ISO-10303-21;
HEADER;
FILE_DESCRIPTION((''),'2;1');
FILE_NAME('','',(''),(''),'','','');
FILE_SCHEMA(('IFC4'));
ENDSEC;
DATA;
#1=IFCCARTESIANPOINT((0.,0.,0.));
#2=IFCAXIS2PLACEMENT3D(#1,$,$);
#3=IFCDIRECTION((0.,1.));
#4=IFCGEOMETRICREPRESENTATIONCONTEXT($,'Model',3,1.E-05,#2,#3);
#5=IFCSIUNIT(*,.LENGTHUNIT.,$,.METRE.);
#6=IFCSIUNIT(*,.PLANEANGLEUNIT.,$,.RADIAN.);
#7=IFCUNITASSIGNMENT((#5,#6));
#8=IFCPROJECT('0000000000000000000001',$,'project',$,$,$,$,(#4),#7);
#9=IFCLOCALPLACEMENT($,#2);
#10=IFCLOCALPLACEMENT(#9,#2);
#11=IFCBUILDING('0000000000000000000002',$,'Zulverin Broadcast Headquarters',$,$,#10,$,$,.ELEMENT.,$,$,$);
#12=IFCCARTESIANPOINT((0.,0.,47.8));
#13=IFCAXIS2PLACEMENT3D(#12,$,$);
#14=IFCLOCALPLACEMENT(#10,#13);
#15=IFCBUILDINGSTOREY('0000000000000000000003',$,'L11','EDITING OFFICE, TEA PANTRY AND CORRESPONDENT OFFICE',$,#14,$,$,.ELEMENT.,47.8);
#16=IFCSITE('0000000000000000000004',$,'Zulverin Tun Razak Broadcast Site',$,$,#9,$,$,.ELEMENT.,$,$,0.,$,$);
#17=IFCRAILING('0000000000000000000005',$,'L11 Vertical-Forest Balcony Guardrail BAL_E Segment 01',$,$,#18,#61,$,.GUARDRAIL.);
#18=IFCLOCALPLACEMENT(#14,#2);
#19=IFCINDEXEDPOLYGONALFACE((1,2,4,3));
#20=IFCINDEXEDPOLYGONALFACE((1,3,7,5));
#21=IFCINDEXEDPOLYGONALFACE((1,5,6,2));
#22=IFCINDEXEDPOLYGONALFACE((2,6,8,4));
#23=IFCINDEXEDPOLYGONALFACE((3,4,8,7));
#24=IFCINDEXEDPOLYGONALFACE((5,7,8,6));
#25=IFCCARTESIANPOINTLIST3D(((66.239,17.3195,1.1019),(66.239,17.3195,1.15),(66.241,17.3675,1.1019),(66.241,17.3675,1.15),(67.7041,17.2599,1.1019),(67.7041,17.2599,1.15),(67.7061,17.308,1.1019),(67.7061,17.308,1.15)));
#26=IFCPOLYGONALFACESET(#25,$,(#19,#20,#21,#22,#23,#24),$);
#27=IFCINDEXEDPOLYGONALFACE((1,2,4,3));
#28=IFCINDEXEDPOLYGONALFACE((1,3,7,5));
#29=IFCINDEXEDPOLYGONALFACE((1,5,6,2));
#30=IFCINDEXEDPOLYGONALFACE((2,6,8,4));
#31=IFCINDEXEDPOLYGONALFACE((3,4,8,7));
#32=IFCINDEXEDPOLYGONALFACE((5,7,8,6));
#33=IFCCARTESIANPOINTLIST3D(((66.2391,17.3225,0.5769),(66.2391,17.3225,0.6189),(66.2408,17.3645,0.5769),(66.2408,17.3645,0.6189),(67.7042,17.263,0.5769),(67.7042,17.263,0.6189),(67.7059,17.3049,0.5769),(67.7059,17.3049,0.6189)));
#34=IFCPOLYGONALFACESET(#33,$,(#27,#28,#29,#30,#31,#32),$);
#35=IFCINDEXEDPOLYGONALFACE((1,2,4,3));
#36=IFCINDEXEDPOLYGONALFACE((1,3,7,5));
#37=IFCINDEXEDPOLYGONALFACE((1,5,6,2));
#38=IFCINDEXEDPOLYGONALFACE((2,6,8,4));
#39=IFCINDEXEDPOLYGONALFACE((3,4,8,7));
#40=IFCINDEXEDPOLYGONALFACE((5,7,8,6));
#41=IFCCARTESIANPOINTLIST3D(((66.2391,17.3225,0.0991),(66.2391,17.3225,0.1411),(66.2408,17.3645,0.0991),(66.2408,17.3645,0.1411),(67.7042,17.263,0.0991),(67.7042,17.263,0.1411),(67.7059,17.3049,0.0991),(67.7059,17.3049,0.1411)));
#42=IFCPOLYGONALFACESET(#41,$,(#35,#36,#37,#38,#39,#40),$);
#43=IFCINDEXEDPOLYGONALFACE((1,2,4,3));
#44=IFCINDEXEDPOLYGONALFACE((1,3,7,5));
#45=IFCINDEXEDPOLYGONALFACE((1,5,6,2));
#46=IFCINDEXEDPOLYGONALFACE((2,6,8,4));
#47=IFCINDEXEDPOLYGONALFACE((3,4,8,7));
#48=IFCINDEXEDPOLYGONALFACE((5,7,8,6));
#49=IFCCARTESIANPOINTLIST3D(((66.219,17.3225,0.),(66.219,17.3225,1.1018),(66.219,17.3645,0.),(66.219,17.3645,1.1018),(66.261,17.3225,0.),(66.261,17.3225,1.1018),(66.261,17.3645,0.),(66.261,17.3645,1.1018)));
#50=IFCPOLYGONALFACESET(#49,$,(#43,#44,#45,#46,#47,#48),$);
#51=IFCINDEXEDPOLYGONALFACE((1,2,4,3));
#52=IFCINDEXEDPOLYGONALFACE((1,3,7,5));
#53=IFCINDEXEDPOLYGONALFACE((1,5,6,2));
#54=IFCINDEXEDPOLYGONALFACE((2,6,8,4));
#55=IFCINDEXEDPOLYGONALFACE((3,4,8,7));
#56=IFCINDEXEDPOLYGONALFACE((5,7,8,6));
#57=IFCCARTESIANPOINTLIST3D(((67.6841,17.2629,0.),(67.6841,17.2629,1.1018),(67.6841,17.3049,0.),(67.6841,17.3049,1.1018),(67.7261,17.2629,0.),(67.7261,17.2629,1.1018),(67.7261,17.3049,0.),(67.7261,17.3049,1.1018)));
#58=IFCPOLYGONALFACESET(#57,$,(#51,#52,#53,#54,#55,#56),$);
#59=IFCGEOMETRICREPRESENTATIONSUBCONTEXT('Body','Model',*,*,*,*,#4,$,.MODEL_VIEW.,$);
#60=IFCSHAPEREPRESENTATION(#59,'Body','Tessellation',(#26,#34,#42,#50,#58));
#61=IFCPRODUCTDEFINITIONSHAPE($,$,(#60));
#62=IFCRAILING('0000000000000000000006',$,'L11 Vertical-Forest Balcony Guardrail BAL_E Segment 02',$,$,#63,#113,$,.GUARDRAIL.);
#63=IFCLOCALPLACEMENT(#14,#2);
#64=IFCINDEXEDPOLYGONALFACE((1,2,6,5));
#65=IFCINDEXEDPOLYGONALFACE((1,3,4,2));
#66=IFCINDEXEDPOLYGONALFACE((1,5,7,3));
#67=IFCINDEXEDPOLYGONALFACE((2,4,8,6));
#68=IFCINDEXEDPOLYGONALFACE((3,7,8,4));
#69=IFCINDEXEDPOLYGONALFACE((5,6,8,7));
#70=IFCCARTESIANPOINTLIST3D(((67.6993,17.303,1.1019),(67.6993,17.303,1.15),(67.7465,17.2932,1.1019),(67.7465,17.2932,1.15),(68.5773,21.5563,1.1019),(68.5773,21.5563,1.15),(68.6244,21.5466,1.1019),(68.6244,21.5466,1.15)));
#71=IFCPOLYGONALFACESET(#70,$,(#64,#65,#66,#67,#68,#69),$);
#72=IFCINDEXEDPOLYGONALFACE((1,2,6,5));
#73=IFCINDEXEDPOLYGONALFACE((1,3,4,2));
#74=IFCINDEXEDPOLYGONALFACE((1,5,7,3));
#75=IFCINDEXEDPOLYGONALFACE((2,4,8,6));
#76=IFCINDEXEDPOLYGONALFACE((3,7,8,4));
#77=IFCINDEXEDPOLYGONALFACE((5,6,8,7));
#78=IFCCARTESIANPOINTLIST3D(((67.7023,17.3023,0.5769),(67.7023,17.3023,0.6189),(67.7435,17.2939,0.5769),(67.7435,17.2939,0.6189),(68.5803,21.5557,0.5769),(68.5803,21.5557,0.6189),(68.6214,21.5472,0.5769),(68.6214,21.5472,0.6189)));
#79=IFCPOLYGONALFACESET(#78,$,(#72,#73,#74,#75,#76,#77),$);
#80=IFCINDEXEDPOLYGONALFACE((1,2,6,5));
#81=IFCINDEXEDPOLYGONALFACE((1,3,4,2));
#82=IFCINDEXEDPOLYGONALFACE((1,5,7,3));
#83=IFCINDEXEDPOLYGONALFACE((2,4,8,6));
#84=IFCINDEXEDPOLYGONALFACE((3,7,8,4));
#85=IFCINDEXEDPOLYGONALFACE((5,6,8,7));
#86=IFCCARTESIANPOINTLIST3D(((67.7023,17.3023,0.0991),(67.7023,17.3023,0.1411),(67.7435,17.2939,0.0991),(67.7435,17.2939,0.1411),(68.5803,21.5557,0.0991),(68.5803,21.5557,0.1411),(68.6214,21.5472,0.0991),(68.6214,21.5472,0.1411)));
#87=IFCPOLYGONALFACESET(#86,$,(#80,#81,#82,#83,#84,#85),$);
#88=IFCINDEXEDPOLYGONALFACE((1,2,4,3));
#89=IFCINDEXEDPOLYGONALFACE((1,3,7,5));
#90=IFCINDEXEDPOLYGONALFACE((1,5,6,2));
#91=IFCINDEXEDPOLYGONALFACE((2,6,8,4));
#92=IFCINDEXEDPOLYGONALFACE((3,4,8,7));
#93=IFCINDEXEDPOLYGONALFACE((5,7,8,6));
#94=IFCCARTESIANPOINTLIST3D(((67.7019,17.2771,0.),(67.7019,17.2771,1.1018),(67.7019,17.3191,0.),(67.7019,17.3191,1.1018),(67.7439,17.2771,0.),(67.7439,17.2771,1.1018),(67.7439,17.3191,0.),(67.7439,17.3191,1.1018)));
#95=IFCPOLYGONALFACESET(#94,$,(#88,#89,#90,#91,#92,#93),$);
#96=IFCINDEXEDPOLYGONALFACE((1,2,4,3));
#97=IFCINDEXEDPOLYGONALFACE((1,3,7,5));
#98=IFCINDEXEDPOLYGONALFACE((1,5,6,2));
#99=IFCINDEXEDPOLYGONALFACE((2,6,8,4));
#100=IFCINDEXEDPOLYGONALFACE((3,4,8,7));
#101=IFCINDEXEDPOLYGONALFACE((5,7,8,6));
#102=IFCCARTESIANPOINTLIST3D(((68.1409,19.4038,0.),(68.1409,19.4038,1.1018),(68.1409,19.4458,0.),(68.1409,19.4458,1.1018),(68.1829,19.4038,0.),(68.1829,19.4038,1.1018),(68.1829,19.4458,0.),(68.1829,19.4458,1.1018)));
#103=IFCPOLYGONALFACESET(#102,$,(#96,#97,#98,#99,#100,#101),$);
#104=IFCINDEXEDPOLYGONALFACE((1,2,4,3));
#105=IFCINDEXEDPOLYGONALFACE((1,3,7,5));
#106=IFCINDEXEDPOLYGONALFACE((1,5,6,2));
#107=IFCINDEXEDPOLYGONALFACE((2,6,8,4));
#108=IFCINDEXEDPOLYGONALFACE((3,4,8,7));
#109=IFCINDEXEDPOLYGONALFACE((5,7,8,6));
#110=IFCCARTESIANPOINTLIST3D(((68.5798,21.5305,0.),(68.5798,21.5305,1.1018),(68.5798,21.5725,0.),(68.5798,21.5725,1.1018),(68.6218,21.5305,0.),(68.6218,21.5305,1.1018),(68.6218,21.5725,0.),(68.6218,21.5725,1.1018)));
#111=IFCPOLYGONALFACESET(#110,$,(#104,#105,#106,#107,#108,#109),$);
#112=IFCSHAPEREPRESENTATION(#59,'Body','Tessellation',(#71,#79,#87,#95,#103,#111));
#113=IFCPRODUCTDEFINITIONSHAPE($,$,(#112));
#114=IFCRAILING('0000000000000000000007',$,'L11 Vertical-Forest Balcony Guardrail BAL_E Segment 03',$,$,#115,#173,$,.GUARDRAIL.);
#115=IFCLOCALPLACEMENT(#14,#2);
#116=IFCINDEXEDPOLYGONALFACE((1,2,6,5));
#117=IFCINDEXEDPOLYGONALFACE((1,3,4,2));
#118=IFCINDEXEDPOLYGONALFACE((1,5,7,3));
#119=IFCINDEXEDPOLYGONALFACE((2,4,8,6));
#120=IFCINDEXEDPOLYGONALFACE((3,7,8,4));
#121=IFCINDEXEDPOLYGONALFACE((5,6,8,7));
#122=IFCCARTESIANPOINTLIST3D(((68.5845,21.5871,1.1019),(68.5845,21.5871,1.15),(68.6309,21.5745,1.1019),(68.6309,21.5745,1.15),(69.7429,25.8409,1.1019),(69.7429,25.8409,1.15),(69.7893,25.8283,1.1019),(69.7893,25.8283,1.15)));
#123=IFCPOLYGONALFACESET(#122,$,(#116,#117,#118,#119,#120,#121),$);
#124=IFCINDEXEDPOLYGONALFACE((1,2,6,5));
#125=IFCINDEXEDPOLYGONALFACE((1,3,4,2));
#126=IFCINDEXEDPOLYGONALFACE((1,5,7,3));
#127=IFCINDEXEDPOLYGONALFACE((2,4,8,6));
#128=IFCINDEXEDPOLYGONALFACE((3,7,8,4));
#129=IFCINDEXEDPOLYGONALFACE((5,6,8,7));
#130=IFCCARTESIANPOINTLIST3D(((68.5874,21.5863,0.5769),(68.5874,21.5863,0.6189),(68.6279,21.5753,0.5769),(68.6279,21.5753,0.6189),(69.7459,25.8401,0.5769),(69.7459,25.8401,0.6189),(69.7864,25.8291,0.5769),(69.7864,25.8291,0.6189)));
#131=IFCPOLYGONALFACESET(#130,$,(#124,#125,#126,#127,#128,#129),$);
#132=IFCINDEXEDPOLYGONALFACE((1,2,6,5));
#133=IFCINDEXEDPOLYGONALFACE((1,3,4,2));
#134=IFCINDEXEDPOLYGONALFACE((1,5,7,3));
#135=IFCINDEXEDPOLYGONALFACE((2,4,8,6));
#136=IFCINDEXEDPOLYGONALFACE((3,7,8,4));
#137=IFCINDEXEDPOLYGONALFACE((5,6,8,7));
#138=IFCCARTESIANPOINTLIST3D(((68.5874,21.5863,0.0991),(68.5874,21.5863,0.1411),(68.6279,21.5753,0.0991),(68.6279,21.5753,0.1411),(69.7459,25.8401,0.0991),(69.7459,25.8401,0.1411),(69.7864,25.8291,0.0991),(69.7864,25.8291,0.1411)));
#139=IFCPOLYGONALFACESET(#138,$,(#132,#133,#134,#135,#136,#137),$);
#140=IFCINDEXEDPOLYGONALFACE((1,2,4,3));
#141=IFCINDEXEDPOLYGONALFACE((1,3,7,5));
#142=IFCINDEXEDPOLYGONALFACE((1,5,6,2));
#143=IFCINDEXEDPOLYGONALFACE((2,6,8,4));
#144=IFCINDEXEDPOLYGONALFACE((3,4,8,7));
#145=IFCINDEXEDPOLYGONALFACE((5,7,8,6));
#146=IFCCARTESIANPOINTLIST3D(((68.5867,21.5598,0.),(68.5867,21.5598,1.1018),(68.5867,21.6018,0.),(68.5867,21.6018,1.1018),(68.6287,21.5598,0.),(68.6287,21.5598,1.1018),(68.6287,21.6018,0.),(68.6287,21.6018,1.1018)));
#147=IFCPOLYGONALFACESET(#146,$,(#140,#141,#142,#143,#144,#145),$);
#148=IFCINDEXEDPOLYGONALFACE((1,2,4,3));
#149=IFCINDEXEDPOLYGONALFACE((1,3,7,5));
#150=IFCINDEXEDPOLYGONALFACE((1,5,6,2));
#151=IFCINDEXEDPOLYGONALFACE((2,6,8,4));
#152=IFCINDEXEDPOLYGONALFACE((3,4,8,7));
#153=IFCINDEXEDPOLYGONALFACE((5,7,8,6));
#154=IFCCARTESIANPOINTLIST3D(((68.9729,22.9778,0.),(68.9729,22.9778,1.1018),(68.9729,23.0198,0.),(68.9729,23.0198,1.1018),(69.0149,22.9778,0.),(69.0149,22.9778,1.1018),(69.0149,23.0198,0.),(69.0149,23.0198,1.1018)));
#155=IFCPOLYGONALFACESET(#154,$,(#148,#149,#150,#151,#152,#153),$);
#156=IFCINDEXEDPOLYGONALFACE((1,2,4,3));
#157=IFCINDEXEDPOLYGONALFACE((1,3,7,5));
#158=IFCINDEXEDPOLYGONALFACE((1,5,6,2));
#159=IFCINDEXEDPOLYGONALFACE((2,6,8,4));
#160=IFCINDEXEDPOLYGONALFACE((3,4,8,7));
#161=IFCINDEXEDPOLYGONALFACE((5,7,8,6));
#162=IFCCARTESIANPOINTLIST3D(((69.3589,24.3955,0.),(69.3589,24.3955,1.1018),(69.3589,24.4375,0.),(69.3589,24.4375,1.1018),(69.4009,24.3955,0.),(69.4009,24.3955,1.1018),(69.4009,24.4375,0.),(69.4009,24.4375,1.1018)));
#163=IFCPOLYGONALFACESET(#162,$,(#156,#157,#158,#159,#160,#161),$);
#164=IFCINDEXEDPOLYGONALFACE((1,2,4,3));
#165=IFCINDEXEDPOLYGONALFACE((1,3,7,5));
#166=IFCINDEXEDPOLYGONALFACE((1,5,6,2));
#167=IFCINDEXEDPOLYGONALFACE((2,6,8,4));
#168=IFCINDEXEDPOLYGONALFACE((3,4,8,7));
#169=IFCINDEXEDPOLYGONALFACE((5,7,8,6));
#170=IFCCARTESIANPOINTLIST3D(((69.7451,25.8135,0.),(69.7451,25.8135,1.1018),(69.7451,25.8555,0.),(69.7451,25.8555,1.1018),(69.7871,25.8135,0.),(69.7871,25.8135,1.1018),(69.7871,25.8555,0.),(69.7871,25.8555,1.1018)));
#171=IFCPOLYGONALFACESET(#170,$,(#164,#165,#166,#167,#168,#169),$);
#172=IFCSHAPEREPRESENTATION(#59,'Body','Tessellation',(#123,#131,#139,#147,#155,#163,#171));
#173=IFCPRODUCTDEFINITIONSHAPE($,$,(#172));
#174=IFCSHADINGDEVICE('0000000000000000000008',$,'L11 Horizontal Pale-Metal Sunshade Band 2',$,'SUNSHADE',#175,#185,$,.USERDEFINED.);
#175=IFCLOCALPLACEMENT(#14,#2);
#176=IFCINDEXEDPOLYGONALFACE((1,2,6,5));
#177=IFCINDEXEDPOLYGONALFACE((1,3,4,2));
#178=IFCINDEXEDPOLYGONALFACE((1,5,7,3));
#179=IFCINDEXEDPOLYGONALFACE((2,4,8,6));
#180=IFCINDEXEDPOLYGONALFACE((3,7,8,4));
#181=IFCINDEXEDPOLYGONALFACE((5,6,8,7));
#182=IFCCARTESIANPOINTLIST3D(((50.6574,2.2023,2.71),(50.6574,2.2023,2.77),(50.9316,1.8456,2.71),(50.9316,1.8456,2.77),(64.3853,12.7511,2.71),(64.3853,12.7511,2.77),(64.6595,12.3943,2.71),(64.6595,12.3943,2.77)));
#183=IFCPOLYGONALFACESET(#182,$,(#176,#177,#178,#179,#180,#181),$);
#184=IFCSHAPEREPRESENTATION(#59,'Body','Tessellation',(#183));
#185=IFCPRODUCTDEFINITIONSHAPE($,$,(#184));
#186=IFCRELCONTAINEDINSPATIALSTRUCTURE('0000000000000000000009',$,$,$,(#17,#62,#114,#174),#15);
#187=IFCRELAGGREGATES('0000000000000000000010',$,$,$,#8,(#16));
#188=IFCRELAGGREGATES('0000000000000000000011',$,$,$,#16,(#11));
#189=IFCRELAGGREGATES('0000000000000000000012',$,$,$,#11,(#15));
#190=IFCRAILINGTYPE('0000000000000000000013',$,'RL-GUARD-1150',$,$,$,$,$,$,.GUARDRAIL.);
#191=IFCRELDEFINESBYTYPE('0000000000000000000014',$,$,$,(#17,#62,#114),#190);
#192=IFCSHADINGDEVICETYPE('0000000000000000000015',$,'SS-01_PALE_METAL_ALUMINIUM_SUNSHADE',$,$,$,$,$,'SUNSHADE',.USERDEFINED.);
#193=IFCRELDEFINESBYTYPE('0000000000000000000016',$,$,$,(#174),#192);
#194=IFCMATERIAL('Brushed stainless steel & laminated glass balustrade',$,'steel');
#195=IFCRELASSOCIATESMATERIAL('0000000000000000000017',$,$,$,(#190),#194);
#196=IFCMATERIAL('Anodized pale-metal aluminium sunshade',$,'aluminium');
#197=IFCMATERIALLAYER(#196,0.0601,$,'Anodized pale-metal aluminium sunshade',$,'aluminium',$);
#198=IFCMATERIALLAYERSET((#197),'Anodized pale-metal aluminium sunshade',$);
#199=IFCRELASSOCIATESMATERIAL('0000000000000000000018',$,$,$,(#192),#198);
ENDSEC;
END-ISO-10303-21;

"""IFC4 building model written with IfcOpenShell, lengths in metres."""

from ifc_helpers import new_model, si_unit, direction, frame, origin, origin_2d, place, context, subcontext, project, spatial, rectangle, extrude, material, layer, layer_set, type_object, element, save


model = new_model("IFC4")

# Units and contexts
model_context = context("Model", 3, precision=1e-05, world=origin(), true_north=direction((0.0, 1.0)))
body_context = subcontext(model_context, "Body", "Model", "MODEL_VIEW")
ifc_project = project(units=[si_unit("LENGTHUNIT", "METRE"), si_unit("PLANEANGLEUNIT", "RADIAN")], contexts=[model_context])

# Site, building, storey
site_placement = place(None, origin())
site = spatial("IfcSite", under=ifc_project, at=site_placement, Name="Zulverin Tun Razak Broadcast Site", CompositionType="ELEMENT", RefElevation=0.0)
building_placement = place(site_placement, origin())
building = spatial("IfcBuilding", under=site, at=building_placement, Name="Zulverin Broadcast Headquarters", CompositionType="ELEMENT")
storey_placement = place(building_placement, frame((0.0, 0.0, 47.8)))
storey = spatial("IfcBuildingStorey", under=building, at=storey_placement, Name="L11", Description="EDITING OFFICE, TEA PANTRY AND CORRESPONDENT OFFICE", CompositionType="ELEMENT", Elevation=47.8)

# Railings
ifc_material_1 = material(Name="Brushed stainless steel & laminated glass balustrade", Category="steel")
railing_type = type_object("IfcRailingType", Name="RL-GUARD-1150", PredefinedType="GUARDRAIL", material=ifc_material_1)
railing_1_placement = place(storey_placement, frame((66.24, 17.3435, 0.0)))
element("IfcRailing", 1, at=railing_1_placement, inside=storey, type_object=railing_type, Name="L11 Vertical-Forest Balcony Guardrail BAL_E Segment 01", PredefinedType="GUARDRAIL", context=body_context, shape_type="SweptSolid", body=[
    extrude(rectangle(XDim=0.0481, YDim=0.0481, at=origin_2d()), frame((0.0, 0.0, 1.126), z_axis=(0.999174, -0.040626, 0.0), x_axis=(0.040626, 0.999174, 0.0)), (0.0, 0.0, 1.0), 1.4663),
    extrude(rectangle(XDim=0.042, YDim=0.042, at=origin_2d()), frame((0.0, 0.0, 0.5979), z_axis=(0.999174, -0.040626, 0.0), x_axis=(0.040626, 0.999174, 0.0)), (0.0, 0.0, 1.0), 1.4663),
    extrude(rectangle(XDim=0.042, YDim=0.042, at=origin_2d()), frame((0.0, 0.0, 0.1201), z_axis=(0.999174, -0.040626, 0.0), x_axis=(0.040626, 0.999174, 0.0)), (0.0, 0.0, 1.0), 1.4663),
    extrude(rectangle(XDim=0.042, YDim=0.042, at=origin_2d()), origin(), (0.0, 0.0, 1.0), 1.1018),
    extrude(rectangle(XDim=0.042, YDim=0.042, at=origin_2d()), frame((1.4651, -0.0596, 0.0)), (0.0, 0.0, 1.0), 1.1018),
])
railing_2_placement = place(storey_placement, frame((67.7229, 17.2981, 0.0)))
element("IfcRailing", 2, at=railing_2_placement, inside=storey, type_object=railing_type, Name="L11 Vertical-Forest Balcony Guardrail BAL_E Segment 02", PredefinedType="GUARDRAIL", context=body_context, shape_type="SweptSolid", body=[
    extrude(rectangle(XDim=0.0481, YDim=0.0481, at=origin_2d()), frame((0.0, 0.0, 1.126), z_axis=(0.202145, 0.979356, 0.0), x_axis=(-0.979356, 0.202145, 0.0)), (0.0, 0.0, 1.0), 4.343),
    extrude(rectangle(XDim=0.042, YDim=0.042, at=origin_2d()), frame((0.0, 0.0, 0.5979), z_axis=(0.202145, 0.979356, 0.0), x_axis=(-0.979356, 0.202145, 0.0)), (0.0, 0.0, 1.0), 4.343),
    extrude(rectangle(XDim=0.042, YDim=0.042, at=origin_2d()), frame((0.0, 0.0, 0.1201), z_axis=(0.202145, 0.979356, 0.0), x_axis=(-0.979356, 0.202145, 0.0)), (0.0, 0.0, 1.0), 4.343),
    extrude(rectangle(XDim=0.042, YDim=0.042, at=origin_2d()), origin(), (0.0, 0.0, 1.0), 1.1018),
    extrude(rectangle(XDim=0.042, YDim=0.042, at=origin_2d()), frame((0.439, 2.1267, 0.0)), (0.0, 0.0, 1.0), 1.1018),
    extrude(rectangle(XDim=0.042, YDim=0.042, at=origin_2d()), frame((0.8779, 4.2534, 0.0)), (0.0, 0.0, 1.0), 1.1018),
])
railing_3_placement = place(storey_placement, frame((68.6077, 21.5808, 0.0)))
element("IfcRailing", 3, at=railing_3_placement, inside=storey, type_object=railing_type, Name="L11 Vertical-Forest Balcony Guardrail BAL_E Segment 03", PredefinedType="GUARDRAIL", context=body_context, shape_type="SweptSolid", body=[
    extrude(rectangle(XDim=0.0481, YDim=0.0481, at=origin_2d()), frame((0.0, 0.0, 1.126), z_axis=(0.262771, 0.964858, 0.0), x_axis=(-0.964858, 0.262771, 0.0)), (0.0, 0.0, 1.0), 4.4087),
    extrude(rectangle(XDim=0.042, YDim=0.042, at=origin_2d()), frame((0.0, 0.0, 0.5979), z_axis=(0.262771, 0.964858, 0.0), x_axis=(-0.964858, 0.262771, 0.0)), (0.0, 0.0, 1.0), 4.4087),
    extrude(rectangle(XDim=0.042, YDim=0.042, at=origin_2d()), frame((0.0, 0.0, 0.1201), z_axis=(0.262771, 0.964858, 0.0), x_axis=(-0.964858, 0.262771, 0.0)), (0.0, 0.0, 1.0), 4.4087),
    extrude(rectangle(XDim=0.042, YDim=0.042, at=origin_2d()), origin(), (0.0, 0.0, 1.0), 1.1018),
    extrude(rectangle(XDim=0.042, YDim=0.042, at=origin_2d()), frame((0.3862, 1.418, 0.0)), (0.0, 0.0, 1.0), 1.1018),
    extrude(rectangle(XDim=0.042, YDim=0.042, at=origin_2d()), frame((0.7722, 2.8357, 0.0)), (0.0, 0.0, 1.0), 1.1018),
    extrude(rectangle(XDim=0.042, YDim=0.042, at=origin_2d()), frame((1.1584, 4.2537, 0.0)), (0.0, 0.0, 1.0), 1.1018),
])

# Shading device
ifc_material_2 = material(Name="Anodized pale-metal aluminium sunshade", Category="aluminium")
ifc_layer_1 = layer(ifc_material_2, 0.0601, Name="Anodized pale-metal aluminium sunshade", Category="aluminium")
ifc_layer_set_1 = layer_set([ifc_layer_1], Name="Anodized pale-metal aluminium sunshade")
shading_device_type = type_object("IfcShadingDeviceType", Name="SS-01_PALE_METAL_ALUMINIUM_SUNSHADE", ElementType="SUNSHADE", PredefinedType="USERDEFINED", material=ifc_layer_set_1)
shading_device_placement = place(storey_placement, frame((57.6584, 7.2983, 2.71), z_axis=(0.0, 0.0, 1.0), x_axis=(0.792933, 0.609308, 0.0)))
element("IfcShadingDevice", 4, at=shading_device_placement, inside=storey, type_object=shading_device_type, Name="L11 Horizontal Pale-Metal Sunshade Band 2", ObjectType="SUNSHADE", PredefinedType="USERDEFINED", context=body_context, shape_type="SweptSolid", body=[
    extrude(rectangle(XDim=17.3127, YDim=0.45, at=origin_2d()), origin(), (0.0, 0.0, 1.0), 0.0601),
])

save(model, "model.ifc")
